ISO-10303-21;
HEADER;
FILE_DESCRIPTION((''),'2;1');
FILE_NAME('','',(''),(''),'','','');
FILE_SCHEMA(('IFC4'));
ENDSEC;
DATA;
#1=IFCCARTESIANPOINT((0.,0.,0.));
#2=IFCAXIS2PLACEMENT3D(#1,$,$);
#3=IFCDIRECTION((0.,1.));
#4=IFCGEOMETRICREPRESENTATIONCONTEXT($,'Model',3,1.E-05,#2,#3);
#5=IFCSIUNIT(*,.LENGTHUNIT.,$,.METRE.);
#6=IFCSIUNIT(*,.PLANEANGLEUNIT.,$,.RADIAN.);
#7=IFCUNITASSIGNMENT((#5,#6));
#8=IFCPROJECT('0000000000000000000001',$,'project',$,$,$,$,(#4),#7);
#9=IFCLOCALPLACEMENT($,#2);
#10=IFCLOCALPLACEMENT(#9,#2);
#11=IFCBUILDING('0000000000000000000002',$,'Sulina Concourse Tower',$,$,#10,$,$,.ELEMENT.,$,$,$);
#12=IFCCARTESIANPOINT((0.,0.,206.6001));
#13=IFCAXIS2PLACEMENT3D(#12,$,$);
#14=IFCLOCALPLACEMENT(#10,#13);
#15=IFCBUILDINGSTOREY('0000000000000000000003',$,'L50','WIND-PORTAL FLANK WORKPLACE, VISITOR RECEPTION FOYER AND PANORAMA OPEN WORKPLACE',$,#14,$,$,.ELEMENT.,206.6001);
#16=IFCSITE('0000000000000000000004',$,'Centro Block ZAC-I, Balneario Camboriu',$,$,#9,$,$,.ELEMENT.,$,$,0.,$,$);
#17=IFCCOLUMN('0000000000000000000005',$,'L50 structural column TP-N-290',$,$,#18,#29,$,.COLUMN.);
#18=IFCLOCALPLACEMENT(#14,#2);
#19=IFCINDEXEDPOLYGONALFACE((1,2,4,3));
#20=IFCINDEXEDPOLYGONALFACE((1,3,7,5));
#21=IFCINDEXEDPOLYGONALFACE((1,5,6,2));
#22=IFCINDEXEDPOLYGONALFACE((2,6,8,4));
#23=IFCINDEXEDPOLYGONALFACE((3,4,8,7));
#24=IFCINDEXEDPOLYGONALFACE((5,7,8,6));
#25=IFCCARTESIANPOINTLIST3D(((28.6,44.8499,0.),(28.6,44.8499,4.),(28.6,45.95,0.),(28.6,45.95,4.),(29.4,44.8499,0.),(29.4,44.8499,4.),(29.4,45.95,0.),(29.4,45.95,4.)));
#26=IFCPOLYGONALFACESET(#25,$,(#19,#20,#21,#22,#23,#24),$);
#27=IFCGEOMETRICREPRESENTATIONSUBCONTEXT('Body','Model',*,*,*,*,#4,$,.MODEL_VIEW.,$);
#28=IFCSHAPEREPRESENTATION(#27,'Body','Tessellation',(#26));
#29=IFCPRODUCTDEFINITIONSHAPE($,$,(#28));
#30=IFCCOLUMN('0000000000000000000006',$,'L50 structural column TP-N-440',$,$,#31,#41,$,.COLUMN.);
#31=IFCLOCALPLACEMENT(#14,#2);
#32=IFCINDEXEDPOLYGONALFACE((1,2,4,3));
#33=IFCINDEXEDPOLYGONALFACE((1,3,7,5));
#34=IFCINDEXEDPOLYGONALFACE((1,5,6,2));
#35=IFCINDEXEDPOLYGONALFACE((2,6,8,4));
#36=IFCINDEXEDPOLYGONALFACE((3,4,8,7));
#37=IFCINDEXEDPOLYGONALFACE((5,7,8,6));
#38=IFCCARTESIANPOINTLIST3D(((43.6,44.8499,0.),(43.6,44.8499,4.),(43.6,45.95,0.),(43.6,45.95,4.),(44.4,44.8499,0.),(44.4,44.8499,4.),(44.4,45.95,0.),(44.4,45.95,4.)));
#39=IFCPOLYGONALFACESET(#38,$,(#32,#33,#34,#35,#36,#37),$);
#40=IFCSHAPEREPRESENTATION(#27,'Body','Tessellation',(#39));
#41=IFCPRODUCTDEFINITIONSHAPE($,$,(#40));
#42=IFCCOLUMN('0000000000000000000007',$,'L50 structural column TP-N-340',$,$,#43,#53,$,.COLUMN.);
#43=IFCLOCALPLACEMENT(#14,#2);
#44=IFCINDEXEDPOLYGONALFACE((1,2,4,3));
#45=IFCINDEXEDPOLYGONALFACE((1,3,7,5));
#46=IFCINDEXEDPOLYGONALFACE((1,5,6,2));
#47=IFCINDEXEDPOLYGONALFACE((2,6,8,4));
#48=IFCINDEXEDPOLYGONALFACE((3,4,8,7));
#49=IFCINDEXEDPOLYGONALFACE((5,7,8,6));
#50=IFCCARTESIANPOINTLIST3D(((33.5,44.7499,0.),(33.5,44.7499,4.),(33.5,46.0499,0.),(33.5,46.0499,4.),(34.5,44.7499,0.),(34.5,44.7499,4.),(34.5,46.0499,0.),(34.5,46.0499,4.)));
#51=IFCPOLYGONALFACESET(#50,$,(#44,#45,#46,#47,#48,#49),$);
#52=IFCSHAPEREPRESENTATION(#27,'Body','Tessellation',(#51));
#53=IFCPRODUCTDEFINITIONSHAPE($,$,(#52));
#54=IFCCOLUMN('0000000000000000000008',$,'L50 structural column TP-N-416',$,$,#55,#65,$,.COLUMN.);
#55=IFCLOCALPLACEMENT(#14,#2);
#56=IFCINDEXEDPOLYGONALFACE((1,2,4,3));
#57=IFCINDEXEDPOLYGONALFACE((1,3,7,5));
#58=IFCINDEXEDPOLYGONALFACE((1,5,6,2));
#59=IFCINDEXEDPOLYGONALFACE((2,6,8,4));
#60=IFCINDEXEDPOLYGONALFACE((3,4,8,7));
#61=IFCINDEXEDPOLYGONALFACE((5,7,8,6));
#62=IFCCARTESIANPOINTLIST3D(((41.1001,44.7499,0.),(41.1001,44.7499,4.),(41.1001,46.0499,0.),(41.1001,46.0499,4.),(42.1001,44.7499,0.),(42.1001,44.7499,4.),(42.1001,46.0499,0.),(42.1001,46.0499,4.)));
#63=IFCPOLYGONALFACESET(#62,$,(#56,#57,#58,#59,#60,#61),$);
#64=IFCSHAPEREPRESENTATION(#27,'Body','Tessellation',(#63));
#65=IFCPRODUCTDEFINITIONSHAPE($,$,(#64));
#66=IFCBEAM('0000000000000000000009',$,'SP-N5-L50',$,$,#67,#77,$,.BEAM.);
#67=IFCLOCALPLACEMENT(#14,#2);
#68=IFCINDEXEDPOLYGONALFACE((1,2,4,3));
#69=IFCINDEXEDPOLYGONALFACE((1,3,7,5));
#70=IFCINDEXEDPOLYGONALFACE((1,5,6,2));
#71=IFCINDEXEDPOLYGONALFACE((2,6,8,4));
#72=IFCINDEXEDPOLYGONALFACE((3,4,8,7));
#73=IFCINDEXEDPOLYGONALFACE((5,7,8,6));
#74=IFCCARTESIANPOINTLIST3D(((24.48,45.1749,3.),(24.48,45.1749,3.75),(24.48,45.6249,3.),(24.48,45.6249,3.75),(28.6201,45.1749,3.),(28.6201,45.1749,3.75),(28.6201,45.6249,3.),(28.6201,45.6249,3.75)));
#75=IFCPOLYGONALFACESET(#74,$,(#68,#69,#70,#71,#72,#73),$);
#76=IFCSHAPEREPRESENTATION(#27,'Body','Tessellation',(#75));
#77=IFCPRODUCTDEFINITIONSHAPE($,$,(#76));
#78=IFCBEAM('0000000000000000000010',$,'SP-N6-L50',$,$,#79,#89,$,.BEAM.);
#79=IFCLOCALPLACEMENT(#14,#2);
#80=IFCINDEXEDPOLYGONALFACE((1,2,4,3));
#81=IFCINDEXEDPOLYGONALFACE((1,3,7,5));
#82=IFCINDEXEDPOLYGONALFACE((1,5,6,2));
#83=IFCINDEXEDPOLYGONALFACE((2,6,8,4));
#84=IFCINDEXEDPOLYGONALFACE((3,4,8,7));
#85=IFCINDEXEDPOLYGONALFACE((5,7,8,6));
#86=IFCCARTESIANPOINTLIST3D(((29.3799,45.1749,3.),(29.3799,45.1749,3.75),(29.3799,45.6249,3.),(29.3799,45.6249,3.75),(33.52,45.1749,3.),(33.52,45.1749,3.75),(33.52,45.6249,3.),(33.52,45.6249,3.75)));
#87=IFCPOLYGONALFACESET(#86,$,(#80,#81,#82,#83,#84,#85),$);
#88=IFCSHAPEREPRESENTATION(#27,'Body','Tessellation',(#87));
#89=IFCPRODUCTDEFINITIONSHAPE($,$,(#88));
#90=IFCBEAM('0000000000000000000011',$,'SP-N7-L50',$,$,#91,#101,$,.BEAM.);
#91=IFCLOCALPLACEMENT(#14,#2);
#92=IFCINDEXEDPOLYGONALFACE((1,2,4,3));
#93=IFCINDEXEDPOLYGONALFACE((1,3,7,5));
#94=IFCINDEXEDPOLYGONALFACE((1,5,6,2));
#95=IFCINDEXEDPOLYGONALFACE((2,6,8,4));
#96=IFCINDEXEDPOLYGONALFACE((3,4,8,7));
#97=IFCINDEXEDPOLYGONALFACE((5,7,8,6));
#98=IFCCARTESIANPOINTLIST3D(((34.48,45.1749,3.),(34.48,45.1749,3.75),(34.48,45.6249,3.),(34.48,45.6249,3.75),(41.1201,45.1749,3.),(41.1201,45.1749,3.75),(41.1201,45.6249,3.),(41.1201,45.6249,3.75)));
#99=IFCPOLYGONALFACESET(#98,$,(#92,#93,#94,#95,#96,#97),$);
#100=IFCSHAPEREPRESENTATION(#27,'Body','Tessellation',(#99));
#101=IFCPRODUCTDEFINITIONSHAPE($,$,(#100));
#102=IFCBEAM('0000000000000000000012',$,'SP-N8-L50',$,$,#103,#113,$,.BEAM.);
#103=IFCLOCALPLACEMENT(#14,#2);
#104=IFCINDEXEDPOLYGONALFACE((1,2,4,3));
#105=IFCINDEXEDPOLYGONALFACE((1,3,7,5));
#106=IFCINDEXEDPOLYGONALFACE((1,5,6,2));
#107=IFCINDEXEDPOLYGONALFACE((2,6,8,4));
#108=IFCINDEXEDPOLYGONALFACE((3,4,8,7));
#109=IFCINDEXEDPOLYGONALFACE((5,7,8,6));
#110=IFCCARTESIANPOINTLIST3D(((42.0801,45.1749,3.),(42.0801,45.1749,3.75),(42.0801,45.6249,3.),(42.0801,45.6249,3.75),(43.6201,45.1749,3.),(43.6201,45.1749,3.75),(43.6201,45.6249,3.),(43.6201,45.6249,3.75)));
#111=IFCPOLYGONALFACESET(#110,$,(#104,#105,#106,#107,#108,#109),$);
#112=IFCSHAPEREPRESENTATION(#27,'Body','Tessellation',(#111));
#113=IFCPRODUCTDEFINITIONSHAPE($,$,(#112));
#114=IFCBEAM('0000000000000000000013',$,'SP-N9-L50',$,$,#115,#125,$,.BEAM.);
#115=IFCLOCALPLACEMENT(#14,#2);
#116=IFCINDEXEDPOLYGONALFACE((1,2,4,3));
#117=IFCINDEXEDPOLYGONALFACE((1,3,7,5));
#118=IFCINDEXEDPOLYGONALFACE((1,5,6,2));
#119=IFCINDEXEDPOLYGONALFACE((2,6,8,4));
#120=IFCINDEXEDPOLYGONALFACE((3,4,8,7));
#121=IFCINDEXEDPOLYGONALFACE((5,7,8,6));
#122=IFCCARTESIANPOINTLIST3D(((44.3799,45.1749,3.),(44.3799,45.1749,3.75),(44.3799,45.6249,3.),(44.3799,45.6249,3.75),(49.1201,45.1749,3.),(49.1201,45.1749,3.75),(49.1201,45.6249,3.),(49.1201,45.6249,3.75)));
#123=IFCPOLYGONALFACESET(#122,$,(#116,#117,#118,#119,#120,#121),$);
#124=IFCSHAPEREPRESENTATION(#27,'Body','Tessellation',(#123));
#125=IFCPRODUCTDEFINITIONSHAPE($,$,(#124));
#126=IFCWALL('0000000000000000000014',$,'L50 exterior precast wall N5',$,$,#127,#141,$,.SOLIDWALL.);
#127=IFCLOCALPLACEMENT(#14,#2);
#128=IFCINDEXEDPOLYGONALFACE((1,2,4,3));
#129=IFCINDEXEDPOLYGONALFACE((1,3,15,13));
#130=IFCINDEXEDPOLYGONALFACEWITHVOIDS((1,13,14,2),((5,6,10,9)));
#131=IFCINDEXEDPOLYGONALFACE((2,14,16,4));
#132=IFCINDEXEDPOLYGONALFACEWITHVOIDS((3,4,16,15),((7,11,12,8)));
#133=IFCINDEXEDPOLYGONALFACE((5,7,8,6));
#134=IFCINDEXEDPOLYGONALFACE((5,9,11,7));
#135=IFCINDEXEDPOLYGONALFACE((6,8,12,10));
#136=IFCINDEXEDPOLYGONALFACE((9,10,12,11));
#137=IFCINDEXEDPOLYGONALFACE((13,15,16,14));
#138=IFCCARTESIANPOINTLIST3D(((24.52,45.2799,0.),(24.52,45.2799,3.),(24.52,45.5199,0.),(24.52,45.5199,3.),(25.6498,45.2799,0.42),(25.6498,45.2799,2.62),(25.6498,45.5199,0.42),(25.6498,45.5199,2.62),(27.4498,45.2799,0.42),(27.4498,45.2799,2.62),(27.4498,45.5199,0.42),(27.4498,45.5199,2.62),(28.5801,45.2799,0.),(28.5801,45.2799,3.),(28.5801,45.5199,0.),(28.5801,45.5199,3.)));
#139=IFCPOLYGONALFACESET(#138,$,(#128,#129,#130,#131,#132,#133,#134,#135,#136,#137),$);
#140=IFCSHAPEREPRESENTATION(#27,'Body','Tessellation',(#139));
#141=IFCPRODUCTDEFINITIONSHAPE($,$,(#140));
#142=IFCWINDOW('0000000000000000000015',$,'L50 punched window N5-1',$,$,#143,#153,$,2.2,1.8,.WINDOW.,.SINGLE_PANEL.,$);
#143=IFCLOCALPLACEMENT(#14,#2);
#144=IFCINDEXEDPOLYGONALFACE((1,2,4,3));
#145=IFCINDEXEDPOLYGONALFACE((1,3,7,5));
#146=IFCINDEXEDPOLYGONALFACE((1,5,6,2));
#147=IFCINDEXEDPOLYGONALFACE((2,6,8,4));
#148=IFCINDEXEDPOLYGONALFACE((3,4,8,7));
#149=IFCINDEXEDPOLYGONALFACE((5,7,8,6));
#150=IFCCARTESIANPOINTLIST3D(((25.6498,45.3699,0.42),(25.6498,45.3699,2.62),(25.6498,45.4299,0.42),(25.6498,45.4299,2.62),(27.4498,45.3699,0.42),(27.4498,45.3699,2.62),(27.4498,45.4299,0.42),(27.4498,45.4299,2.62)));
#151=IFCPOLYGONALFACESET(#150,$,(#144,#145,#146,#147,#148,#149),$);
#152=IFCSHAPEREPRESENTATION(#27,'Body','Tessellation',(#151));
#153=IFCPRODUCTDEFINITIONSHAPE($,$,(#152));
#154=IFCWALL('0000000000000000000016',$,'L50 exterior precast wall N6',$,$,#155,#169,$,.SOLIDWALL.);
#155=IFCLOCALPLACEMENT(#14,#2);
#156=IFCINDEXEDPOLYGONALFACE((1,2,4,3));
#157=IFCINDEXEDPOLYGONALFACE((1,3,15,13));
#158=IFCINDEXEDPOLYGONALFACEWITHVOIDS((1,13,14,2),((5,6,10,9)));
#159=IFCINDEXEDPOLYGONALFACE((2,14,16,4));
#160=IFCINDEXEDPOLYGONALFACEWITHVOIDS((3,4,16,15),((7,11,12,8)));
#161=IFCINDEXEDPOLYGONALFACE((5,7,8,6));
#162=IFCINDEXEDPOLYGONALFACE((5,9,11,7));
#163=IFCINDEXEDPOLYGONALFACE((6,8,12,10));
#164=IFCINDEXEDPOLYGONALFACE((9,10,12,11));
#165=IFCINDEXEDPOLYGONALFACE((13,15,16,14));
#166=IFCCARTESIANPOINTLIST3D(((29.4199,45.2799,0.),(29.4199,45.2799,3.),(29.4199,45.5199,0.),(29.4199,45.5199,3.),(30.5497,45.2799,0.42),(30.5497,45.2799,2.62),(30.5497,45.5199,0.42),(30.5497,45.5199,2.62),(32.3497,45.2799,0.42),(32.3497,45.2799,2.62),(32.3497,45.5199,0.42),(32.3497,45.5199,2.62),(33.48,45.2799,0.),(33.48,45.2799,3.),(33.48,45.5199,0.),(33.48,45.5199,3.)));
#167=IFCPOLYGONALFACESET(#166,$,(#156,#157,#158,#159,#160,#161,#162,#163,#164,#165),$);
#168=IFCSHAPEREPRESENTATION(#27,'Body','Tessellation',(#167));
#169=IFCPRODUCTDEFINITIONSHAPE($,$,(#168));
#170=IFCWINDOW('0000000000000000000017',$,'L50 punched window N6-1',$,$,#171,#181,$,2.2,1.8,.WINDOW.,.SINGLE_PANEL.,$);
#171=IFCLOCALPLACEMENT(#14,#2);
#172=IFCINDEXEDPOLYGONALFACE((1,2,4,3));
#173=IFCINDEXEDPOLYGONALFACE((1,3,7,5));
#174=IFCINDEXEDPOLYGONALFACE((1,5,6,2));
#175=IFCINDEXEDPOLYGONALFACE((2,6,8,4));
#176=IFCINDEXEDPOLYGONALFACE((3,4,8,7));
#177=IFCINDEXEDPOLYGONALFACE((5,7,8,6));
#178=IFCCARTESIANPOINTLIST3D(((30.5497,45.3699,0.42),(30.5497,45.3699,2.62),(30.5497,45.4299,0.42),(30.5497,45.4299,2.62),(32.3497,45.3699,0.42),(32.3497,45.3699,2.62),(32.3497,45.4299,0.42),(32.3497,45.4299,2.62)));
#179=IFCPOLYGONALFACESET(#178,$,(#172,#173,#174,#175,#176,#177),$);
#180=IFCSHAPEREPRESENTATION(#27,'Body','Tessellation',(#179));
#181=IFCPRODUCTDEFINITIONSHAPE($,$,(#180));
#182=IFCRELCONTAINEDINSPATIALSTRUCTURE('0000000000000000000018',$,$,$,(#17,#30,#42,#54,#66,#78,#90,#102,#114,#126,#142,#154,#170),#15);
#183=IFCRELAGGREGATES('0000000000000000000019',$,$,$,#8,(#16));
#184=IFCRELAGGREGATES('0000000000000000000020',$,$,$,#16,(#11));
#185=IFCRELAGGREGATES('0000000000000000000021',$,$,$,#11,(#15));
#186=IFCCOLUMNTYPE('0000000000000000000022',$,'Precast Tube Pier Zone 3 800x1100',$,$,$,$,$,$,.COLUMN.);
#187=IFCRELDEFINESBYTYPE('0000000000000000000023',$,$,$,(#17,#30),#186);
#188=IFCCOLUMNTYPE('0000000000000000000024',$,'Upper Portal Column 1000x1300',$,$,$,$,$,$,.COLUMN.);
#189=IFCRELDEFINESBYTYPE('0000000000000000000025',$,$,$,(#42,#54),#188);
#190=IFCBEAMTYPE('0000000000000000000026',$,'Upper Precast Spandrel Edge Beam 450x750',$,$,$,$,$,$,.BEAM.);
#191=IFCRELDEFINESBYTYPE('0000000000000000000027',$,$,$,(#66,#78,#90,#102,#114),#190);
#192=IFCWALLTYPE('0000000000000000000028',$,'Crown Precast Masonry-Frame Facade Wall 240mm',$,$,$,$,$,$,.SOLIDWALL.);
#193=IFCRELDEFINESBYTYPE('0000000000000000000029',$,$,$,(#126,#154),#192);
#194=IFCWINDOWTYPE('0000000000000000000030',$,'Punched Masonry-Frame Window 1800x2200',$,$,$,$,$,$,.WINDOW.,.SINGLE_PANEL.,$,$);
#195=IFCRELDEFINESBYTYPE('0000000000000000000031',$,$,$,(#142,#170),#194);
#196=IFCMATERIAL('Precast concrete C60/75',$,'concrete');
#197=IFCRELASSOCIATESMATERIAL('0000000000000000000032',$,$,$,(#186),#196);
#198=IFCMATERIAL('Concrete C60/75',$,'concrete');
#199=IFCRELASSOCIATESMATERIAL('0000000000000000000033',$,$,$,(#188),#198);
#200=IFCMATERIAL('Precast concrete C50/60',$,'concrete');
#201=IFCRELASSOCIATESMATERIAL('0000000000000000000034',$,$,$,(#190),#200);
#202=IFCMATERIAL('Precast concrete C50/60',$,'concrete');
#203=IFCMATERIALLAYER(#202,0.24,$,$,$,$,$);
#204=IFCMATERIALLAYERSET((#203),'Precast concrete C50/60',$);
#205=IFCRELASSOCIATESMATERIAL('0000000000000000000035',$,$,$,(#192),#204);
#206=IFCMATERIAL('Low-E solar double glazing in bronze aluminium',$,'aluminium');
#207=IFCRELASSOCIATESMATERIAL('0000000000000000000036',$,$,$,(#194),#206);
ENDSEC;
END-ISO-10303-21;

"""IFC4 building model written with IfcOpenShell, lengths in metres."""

from ifc_helpers import new_model, si_unit, direction, frame, frame_2d, origin, origin_2d, place, context, subcontext, project, spatial, rectangle, extrude, material, layer, layer_set, material_profile, profile_set, type_object, element, fill, save


model = new_model("IFC4")

# Units and contexts
model_context = context("Model", 3, precision=1e-05, world=origin(), true_north=direction((0.0, 1.0)))
body_context = subcontext(model_context, "Body", "Model", "MODEL_VIEW")
ifc_project = project(units=[si_unit("LENGTHUNIT", "METRE"), si_unit("PLANEANGLEUNIT", "RADIAN")], contexts=[model_context])

# Site, building, storey
site_placement = place(None, origin())
site = spatial("IfcSite", under=ifc_project, at=site_placement, Name="Centro Block ZAC-I, Balneario Camboriu", CompositionType="ELEMENT", RefElevation=0.0)
building_placement = place(site_placement, origin())
building = spatial("IfcBuilding", under=site, at=building_placement, Name="Sulina Concourse Tower", CompositionType="ELEMENT")
storey_placement = place(building_placement, frame((0.0, 0.0, 206.6001)))
storey = spatial("IfcBuildingStorey", under=building, at=storey_placement, Name="L50", Description="WIND-PORTAL FLANK WORKPLACE, VISITOR RECEPTION FOYER AND PANORAMA OPEN WORKPLACE", CompositionType="ELEMENT", Elevation=206.6001)

# Columns
ifc_material_1 = material(Name="Precast concrete C60/75", Category="concrete")
ifc_material_profile_1 = material_profile(ifc_material_1, rectangle(XDim=0.8, YDim=1.1001, at=origin_2d()), Name="PC 800x1100")
ifc_profile_set_1 = profile_set([ifc_material_profile_1], Name="Precast concrete C60/75")
column_type_1 = type_object("IfcColumnType", Name="Precast Tube Pier Zone 3 800x1100", PredefinedType="COLUMN", material=ifc_profile_set_1)
for number, where, z_axis, x_axis, name in (
    (1, (29.0, 45.3999, 0.0), (0.0, 0.0, 1.0), (1.0, 0.0, 0.0), "L50 structural column TP-N-290"),
    (2, (44.0, 45.3999, 0.0), (0.0, 0.0, 1.0), (1.0, 0.0, 0.0), "L50 structural column TP-N-440"),
):
    element("IfcColumn", number, at=place(storey_placement, frame(where, z_axis=z_axis, x_axis=x_axis)), inside=storey, type_object=column_type_1, Name=name, PredefinedType="COLUMN", context=body_context, shape_type="SweptSolid", body=[
        extrude(rectangle(XDim=0.8, YDim=1.1001, at=origin_2d()), origin(), (0.0, 0.0, 1.0), 4.0),
    ])
ifc_material_2 = material(Name="Concrete C60/75", Category="concrete")
ifc_material_profile_2 = material_profile(ifc_material_2, rectangle(XDim=1.0, YDim=1.3, at=origin_2d()), Name="RC 1000x1300")
ifc_profile_set_2 = profile_set([ifc_material_profile_2], Name="Concrete C60/75")
column_type_2 = type_object("IfcColumnType", Name="Upper Portal Column 1000x1300", PredefinedType="COLUMN", material=ifc_profile_set_2)
for number, where, z_axis, x_axis, name in (
    (3, (34.0, 45.3999, 0.0), (0.0, 0.0, 1.0), (1.0, 0.0, 0.0), "L50 structural column TP-N-340"),
    (4, (41.6001, 45.3999, 0.0), (0.0, 0.0, 1.0), (1.0, 0.0, 0.0), "L50 structural column TP-N-416"),
):
    element("IfcColumn", number, at=place(storey_placement, frame(where, z_axis=z_axis, x_axis=x_axis)), inside=storey, type_object=column_type_2, Name=name, PredefinedType="COLUMN", context=body_context, shape_type="SweptSolid", body=[
        extrude(rectangle(XDim=1.0, YDim=1.3, at=origin_2d()), origin(), (0.0, 0.0, 1.0), 4.0),
    ])

# Beams
ifc_material_3 = material(Name="Precast concrete C50/60", Category="concrete")
ifc_material_profile_3 = material_profile(ifc_material_3, rectangle(XDim=0.45, YDim=0.75, at=origin_2d()), Name="RC 450x750")
ifc_profile_set_3 = profile_set([ifc_material_profile_3], Name="Precast concrete C50/60")
beam_type = type_object("IfcBeamType", Name="Upper Precast Spandrel Edge Beam 450x750", PredefinedType="BEAM", material=ifc_profile_set_3)
for number, where, z_axis, x_axis, name in (
    (5, (24.48, 45.3999, 3.375), (1.0, 0.0, 0.0), (0.0, 1.0, 0.0), "SP-N5-L50"),
    (6, (29.3799, 45.3999, 3.375), (1.0, 0.0, 0.0), (0.0, 1.0, 0.0), "SP-N6-L50"),
):
    element("IfcBeam", number, at=place(storey_placement, frame(where, z_axis=z_axis, x_axis=x_axis)), inside=storey, type_object=beam_type, Name=name, PredefinedType="BEAM", context=body_context, shape_type="SweptSolid", body=[
        extrude(rectangle(XDim=0.45, YDim=0.75, at=origin_2d()), origin(), (0.0, 0.0, 1.0), 4.1401),
    ])
beam_1_placement = place(storey_placement, frame((34.48, 45.3999, 3.375), z_axis=(1.0, 0.0, 0.0), x_axis=(0.0, 1.0, 0.0)))
element("IfcBeam", 7, at=beam_1_placement, inside=storey, type_object=beam_type, Name="SP-N7-L50", PredefinedType="BEAM", context=body_context, shape_type="SweptSolid", body=[
    extrude(rectangle(XDim=0.45, YDim=0.75, at=origin_2d()), origin(), (0.0, 0.0, 1.0), 6.6401),
])
beam_2_placement = place(storey_placement, frame((42.0801, 45.3999, 3.375), z_axis=(1.0, 0.0, 0.0), x_axis=(0.0, 1.0, 0.0)))
element("IfcBeam", 8, at=beam_2_placement, inside=storey, type_object=beam_type, Name="SP-N8-L50", PredefinedType="BEAM", context=body_context, shape_type="SweptSolid", body=[
    extrude(rectangle(XDim=0.45, YDim=0.75, at=origin_2d()), origin(), (0.0, 0.0, 1.0), 1.54),
])
beam_3_placement = place(storey_placement, frame((44.3799, 45.3999, 3.375), z_axis=(1.0, 0.0, 0.0), x_axis=(0.0, 1.0, 0.0)))
element("IfcBeam", 9, at=beam_3_placement, inside=storey, type_object=beam_type, Name="SP-N9-L50", PredefinedType="BEAM", context=body_context, shape_type="SweptSolid", body=[
    extrude(rectangle(XDim=0.45, YDim=0.75, at=origin_2d()), origin(), (0.0, 0.0, 1.0), 4.7402),
])

# Walls, openings, windows
ifc_material_4 = material(Name="Precast concrete C50/60", Category="concrete")
ifc_layer_1 = layer(ifc_material_4, 0.24)
ifc_layer_set_1 = layer_set([ifc_layer_1], Name="Precast concrete C50/60")
wall_type_1 = type_object("IfcWallType", Name="Crown Precast Masonry-Frame Facade Wall 240mm", PredefinedType="SOLIDWALL", material=ifc_layer_set_1)
wall_1_placement = place(storey_placement, frame((24.52, 45.3999, 0.0), z_axis=(0.0, 0.0, 1.0), x_axis=(1.0, 0.0, 0.0)))
wall_1 = element("IfcWall", 10, at=wall_1_placement, inside=storey, type_object=wall_type_1, Name="L50 exterior precast wall N5", PredefinedType="SOLIDWALL", context=body_context, shape_type="SweptSolid", body=[
    extrude(rectangle(XDim=4.0601, YDim=0.24, at=frame_2d((2.03, 0.0))), origin(), (0.0, 0.0, 1.0), 3.0),
])
opening_1_placement = place(wall_1_placement, frame((1.1299, 0.0, 0.4199)))
opening_1 = element("IfcOpeningElement", 11, at=opening_1_placement, cuts=wall_1, PredefinedType="OPENING", context=body_context, shape_type="SweptSolid", body=[
    extrude(rectangle(XDim=1.8, YDim=2.2, at=frame_2d((0.8999, 1.1001))), frame((0.0, 0.1299, 0.0), z_axis=(0.0, -1.0, 0.0), x_axis=(1.0, 0.0, 0.0)), (0.0, 0.0, 1.0), 0.26),
])
ifc_material_5 = material(Name="Low-E solar double glazing in bronze aluminium", Category="aluminium")
window_type = type_object("IfcWindowType", Name="Punched Masonry-Frame Window 1800x2200", PartitioningType="SINGLE_PANEL", PredefinedType="WINDOW", material=ifc_material_5)
window_1_placement = place(opening_1_placement, origin())
window_1 = element("IfcWindow", 12, at=window_1_placement, inside=storey, type_object=window_type, Name="L50 punched window N5-1", OverallHeight=2.2, OverallWidth=1.8, PartitioningType="SINGLE_PANEL", PredefinedType="WINDOW", context=body_context, shape_type="SweptSolid", body=[
    extrude(rectangle(XDim=1.8, YDim=2.2, at=frame_2d((0.8999, 1.1001))), frame((0.0, 0.03, 0.0), z_axis=(0.0, -1.0, 0.0), x_axis=(1.0, 0.0, 0.0)), (0.0, 0.0, 1.0), 0.0601),
])
fill(opening_1, window_1)
wall_2_placement = place(storey_placement, frame((29.4199, 45.3999, 0.0), z_axis=(0.0, 0.0, 1.0), x_axis=(1.0, 0.0, 0.0)))
wall_2 = element("IfcWall", 13, at=wall_2_placement, inside=storey, type_object=wall_type_1, Name="L50 exterior precast wall N6", PredefinedType="SOLIDWALL", context=body_context, shape_type="SweptSolid", body=[
    extrude(rectangle(XDim=4.0601, YDim=0.24, at=frame_2d((2.03, 0.0))), origin(), (0.0, 0.0, 1.0), 3.0),
])
opening_2_placement = place(wall_2_placement, frame((1.1299, 0.0, 0.4199)))
opening_2 = element("IfcOpeningElement", 14, at=opening_2_placement, cuts=wall_2, PredefinedType="OPENING", context=body_context, shape_type="SweptSolid", body=[
    extrude(rectangle(XDim=1.8, YDim=2.2, at=frame_2d((0.8999, 1.1001))), frame((0.0, 0.1299, 0.0), z_axis=(0.0, -1.0, 0.0), x_axis=(1.0, 0.0, 0.0)), (0.0, 0.0, 1.0), 0.26),
])
window_2_placement = place(opening_2_placement, origin())
window_2 = element("IfcWindow", 15, at=window_2_placement, inside=storey, type_object=window_type, Name="L50 punched window N6-1", OverallHeight=2.2, OverallWidth=1.8, PartitioningType="SINGLE_PANEL", PredefinedType="WINDOW", context=body_context, shape_type="SweptSolid", body=[
    extrude(rectangle(XDim=1.8, YDim=2.2, at=frame_2d((0.8999, 1.1001))), frame((0.0, 0.03, 0.0), z_axis=(0.0, -1.0, 0.0), x_axis=(1.0, 0.0, 0.0)), (0.0, 0.0, 1.0), 0.0601),
])
fill(opening_2, window_2)

save(model, "model.ifc")
